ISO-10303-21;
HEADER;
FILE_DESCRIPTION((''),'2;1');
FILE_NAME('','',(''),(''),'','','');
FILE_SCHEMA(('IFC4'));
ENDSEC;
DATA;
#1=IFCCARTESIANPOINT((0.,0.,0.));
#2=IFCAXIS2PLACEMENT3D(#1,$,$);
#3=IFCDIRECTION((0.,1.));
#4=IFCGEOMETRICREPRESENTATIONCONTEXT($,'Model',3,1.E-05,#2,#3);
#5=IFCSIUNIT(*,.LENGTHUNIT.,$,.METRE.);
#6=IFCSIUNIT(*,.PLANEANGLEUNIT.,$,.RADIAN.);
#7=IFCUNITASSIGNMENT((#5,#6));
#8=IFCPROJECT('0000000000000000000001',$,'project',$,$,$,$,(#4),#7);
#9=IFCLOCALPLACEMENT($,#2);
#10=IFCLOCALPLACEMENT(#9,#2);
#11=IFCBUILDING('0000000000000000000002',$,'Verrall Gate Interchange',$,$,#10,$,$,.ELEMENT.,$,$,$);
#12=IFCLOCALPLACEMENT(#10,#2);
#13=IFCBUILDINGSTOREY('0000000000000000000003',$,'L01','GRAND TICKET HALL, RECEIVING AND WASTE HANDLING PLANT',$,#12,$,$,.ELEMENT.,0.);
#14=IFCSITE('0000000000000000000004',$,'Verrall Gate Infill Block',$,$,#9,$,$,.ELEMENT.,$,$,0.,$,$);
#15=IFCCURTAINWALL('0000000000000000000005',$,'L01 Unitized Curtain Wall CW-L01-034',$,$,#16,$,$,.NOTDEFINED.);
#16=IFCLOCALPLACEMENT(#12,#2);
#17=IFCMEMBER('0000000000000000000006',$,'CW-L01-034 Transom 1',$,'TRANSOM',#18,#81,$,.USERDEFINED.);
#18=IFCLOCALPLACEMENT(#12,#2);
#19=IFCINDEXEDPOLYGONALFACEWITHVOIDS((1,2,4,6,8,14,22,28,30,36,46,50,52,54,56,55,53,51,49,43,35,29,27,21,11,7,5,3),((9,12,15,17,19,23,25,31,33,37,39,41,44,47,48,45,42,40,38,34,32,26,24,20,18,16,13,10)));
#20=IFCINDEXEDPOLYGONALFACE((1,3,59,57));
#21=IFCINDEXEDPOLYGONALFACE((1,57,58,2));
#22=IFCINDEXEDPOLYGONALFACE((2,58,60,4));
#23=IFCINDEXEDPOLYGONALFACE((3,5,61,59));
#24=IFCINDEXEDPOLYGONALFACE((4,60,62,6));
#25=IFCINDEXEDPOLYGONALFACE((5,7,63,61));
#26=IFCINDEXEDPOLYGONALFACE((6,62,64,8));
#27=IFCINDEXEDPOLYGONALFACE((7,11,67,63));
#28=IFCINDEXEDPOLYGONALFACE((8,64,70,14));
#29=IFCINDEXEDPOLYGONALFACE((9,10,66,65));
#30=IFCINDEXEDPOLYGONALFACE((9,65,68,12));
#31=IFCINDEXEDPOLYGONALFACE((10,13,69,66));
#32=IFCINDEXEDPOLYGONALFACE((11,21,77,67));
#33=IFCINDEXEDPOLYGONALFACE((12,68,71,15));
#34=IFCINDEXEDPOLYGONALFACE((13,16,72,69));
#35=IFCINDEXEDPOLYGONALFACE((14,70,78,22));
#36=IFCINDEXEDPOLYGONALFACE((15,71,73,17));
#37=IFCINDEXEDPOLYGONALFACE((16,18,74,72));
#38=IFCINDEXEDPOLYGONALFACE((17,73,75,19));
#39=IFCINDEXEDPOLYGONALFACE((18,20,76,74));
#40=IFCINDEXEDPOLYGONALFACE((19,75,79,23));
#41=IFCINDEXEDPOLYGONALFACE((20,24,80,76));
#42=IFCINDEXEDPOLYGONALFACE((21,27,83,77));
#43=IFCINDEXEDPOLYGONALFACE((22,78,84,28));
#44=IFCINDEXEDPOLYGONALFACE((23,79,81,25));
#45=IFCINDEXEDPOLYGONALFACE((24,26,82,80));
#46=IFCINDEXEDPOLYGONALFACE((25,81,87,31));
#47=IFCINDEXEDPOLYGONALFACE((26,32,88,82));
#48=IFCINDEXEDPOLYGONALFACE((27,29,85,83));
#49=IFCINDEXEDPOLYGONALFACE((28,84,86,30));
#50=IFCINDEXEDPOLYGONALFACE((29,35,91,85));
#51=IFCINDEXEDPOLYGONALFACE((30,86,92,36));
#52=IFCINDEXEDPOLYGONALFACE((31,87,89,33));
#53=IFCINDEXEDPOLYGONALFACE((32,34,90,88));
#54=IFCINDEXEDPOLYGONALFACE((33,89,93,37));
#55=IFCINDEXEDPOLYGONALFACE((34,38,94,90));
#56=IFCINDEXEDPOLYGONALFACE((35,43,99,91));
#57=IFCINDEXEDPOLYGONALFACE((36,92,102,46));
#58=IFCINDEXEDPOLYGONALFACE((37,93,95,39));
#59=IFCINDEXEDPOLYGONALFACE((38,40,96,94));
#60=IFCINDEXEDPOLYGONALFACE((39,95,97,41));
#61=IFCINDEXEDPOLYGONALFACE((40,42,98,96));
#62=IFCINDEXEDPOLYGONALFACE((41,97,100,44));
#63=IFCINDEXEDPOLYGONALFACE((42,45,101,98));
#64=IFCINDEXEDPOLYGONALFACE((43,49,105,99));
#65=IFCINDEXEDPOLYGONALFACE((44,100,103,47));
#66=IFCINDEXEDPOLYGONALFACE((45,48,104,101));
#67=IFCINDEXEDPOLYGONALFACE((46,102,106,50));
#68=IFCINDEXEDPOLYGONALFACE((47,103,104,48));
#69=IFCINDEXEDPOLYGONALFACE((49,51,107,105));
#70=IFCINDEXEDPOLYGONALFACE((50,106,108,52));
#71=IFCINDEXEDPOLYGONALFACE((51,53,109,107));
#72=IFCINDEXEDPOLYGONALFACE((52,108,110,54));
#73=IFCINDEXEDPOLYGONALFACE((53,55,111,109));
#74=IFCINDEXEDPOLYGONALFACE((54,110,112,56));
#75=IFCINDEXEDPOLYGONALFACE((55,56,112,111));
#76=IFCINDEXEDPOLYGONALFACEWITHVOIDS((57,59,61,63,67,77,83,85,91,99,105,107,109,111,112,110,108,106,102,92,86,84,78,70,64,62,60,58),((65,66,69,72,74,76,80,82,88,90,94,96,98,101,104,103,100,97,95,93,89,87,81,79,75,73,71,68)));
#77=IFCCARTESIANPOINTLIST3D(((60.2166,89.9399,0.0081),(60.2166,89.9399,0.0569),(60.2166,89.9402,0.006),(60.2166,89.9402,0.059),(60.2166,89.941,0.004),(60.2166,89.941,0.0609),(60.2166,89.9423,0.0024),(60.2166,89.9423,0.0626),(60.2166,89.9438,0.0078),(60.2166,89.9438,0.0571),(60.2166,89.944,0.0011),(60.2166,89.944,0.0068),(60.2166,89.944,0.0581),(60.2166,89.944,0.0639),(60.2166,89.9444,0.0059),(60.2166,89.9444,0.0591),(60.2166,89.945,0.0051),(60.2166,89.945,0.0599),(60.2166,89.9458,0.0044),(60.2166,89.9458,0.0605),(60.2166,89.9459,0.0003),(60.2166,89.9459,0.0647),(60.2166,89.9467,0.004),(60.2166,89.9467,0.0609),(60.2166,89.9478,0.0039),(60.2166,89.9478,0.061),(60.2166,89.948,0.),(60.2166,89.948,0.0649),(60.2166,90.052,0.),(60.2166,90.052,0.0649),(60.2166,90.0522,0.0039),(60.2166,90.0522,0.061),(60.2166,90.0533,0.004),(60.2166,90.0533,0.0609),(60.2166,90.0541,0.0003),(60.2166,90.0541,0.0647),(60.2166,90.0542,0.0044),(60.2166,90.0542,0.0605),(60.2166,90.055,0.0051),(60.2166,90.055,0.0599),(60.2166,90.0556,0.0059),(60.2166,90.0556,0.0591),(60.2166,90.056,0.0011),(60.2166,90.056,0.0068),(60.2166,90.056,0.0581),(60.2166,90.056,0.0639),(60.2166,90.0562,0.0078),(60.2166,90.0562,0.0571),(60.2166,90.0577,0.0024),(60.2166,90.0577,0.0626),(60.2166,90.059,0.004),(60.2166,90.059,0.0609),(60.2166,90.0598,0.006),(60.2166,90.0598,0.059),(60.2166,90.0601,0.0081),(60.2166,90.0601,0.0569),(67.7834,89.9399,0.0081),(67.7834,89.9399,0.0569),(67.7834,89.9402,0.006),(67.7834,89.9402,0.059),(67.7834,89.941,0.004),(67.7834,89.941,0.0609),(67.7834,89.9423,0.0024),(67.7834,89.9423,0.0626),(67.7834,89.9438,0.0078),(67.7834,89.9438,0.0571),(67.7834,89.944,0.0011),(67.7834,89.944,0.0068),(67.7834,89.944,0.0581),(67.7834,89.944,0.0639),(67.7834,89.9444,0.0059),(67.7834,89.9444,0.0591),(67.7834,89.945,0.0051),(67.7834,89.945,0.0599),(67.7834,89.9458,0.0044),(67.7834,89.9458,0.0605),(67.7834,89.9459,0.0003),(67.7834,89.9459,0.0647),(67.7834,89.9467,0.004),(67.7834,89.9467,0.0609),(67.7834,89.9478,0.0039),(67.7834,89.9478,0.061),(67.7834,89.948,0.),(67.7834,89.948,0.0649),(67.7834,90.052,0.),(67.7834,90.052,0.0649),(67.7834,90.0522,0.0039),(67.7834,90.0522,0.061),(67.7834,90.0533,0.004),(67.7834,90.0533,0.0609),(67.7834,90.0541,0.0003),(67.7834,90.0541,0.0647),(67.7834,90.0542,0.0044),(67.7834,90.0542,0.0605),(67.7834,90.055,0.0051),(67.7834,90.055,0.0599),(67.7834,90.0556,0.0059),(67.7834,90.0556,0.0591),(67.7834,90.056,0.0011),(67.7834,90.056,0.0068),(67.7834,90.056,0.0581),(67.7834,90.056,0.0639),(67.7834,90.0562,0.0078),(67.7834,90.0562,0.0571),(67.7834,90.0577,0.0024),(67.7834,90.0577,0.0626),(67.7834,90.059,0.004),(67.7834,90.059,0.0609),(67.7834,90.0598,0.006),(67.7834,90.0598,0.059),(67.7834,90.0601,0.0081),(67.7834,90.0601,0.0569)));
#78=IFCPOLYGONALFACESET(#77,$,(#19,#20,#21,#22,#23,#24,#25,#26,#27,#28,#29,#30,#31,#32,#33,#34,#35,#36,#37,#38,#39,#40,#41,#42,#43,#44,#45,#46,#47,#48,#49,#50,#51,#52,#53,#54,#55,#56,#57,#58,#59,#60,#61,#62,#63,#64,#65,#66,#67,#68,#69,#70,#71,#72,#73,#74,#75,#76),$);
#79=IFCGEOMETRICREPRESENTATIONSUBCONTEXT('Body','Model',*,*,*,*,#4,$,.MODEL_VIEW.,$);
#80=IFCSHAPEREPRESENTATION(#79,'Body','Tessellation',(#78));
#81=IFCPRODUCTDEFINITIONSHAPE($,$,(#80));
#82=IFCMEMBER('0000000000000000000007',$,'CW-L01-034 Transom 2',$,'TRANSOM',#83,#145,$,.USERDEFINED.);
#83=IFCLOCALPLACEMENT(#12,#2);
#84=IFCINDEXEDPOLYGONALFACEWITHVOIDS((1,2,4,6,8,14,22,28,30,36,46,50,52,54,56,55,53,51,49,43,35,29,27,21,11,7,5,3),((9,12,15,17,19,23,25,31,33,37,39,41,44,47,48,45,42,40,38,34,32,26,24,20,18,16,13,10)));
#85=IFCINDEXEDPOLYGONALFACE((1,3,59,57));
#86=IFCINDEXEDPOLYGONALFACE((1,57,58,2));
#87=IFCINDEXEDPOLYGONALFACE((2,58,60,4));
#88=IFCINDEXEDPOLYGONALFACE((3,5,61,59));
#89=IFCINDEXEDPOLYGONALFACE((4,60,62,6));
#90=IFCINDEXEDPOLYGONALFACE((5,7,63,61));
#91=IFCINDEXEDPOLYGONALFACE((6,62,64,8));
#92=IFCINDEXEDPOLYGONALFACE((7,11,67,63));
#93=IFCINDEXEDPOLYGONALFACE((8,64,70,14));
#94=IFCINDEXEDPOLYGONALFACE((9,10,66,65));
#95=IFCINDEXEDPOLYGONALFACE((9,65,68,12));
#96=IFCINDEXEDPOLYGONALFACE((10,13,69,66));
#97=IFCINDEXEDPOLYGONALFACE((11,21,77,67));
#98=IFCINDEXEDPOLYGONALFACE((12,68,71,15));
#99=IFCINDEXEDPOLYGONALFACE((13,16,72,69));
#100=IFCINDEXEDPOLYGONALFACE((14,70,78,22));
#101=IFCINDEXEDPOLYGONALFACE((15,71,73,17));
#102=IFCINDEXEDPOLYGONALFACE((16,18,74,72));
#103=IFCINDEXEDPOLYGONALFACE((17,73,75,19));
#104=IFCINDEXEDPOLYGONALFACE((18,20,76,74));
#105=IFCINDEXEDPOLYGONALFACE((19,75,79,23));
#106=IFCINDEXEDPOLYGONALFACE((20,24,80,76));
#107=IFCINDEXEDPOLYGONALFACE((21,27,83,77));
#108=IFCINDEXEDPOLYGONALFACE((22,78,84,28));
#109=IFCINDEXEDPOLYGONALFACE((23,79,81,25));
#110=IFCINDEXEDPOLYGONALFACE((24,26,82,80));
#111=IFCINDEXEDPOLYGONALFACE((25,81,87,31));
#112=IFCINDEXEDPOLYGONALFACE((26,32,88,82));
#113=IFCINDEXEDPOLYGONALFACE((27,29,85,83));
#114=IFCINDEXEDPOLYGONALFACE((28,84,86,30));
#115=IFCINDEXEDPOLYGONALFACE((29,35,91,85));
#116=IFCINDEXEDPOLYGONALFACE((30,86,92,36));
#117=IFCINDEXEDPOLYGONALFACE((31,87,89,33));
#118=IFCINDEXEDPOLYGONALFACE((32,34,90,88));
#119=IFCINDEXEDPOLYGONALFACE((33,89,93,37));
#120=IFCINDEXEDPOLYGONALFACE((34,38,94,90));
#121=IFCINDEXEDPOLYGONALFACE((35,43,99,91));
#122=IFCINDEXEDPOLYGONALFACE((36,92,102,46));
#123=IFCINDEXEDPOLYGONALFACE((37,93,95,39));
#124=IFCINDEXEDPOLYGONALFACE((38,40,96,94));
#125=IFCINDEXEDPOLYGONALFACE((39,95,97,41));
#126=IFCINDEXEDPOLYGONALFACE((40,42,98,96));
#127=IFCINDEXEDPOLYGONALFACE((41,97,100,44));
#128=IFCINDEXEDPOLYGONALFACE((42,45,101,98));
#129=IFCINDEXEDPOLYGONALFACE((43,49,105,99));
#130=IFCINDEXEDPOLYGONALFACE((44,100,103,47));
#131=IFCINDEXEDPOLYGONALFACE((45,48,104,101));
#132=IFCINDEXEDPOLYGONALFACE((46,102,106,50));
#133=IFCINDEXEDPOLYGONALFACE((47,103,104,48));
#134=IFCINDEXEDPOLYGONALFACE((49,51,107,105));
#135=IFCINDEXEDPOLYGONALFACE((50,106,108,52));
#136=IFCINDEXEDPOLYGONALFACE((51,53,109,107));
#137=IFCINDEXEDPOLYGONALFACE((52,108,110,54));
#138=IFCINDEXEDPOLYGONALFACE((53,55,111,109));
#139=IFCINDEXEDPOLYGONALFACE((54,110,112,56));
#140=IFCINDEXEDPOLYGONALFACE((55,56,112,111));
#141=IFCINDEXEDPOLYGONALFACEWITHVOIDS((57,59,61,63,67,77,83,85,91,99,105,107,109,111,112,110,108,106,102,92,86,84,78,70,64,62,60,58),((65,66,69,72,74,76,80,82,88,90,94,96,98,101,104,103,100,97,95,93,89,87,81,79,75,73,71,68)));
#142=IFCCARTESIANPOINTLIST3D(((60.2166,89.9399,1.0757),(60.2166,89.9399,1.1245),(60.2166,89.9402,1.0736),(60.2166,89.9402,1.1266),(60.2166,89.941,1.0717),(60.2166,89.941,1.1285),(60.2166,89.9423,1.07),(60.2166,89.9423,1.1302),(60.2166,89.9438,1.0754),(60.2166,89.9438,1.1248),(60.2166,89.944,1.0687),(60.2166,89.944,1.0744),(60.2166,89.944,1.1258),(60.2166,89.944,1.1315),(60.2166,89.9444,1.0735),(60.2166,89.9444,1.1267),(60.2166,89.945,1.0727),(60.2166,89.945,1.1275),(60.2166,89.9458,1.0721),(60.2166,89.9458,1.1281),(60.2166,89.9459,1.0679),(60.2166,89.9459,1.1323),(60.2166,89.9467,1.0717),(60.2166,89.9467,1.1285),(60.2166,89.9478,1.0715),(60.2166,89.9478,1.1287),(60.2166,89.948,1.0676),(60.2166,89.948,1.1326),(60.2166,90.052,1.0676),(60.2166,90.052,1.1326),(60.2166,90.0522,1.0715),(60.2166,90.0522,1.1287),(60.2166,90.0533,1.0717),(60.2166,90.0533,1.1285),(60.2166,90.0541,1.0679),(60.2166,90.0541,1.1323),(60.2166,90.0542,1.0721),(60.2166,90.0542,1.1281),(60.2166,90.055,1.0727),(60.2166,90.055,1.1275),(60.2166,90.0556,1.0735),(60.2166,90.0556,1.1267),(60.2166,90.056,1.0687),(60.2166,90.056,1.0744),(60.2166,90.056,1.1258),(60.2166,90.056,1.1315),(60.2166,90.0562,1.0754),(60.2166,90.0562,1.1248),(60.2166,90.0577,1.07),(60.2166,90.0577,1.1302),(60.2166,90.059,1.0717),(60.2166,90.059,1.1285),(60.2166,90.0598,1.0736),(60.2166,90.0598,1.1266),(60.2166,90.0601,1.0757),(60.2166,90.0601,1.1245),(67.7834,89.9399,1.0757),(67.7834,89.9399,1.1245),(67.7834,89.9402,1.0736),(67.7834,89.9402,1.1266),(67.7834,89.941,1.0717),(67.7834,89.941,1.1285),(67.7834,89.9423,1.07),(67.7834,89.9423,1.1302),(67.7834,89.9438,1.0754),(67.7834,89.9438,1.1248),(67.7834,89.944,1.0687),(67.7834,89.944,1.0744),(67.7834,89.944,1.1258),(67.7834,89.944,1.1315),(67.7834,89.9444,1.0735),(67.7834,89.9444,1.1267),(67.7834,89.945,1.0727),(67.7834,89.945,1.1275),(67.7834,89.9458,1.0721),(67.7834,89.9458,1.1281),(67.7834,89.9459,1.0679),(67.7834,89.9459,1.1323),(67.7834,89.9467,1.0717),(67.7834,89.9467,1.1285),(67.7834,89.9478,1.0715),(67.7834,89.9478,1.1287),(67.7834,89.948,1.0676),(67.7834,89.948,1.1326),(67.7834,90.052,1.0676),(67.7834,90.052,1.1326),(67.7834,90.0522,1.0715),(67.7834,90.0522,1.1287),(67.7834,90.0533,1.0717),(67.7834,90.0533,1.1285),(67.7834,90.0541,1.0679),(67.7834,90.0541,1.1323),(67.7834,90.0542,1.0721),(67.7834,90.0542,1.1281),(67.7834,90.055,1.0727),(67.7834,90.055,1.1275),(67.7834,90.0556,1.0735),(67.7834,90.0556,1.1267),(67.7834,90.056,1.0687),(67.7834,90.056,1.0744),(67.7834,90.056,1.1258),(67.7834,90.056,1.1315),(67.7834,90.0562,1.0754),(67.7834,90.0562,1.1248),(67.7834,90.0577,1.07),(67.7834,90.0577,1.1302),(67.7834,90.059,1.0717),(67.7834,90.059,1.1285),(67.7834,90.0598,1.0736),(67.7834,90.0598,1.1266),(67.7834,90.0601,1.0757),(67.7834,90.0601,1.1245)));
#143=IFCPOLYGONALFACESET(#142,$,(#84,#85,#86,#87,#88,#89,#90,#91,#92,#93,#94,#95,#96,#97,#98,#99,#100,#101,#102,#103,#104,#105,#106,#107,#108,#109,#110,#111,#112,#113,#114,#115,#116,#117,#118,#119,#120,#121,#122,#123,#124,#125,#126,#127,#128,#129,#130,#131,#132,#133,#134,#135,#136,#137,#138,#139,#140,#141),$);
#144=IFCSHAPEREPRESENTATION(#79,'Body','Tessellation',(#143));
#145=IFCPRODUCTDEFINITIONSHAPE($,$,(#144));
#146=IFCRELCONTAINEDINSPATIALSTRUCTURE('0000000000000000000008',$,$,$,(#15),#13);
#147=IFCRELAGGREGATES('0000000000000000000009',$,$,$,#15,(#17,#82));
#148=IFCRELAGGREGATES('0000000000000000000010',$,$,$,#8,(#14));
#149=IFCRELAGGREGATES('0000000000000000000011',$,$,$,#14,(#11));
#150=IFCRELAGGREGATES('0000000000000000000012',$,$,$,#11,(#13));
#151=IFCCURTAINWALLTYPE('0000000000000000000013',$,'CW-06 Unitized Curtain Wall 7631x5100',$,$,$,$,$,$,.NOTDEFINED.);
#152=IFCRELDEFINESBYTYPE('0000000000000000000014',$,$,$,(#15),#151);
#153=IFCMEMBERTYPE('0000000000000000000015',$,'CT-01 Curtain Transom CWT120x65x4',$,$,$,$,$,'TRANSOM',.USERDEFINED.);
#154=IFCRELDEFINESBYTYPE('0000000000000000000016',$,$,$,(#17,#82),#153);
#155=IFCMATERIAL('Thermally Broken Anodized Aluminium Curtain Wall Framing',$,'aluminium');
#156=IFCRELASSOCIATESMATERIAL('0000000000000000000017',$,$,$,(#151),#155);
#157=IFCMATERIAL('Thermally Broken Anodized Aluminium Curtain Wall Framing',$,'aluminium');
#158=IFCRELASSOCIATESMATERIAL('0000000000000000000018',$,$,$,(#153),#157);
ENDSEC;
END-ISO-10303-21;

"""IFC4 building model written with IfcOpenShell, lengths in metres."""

from ifc_helpers import new_model, si_unit, direction, frame, origin, origin_2d, place, context, subcontext, project, spatial, hollow_rectangle, extrude, material, material_profile, profile_set, type_object, element, aggregate, save


model = new_model("IFC4")

# Units and contexts
model_context = context("Model", 3, precision=1e-05, world=origin(), true_north=direction((0.0, 1.0)))
body_context = subcontext(model_context, "Body", "Model", "MODEL_VIEW")
ifc_project = project(units=[si_unit("LENGTHUNIT", "METRE"), si_unit("PLANEANGLEUNIT", "RADIAN")], contexts=[model_context])

# Site, building, storey
site_placement = place(None, origin())
site = spatial("IfcSite", under=ifc_project, at=site_placement, Name="Verrall Gate Infill Block", CompositionType="ELEMENT", RefElevation=0.0)
building_placement = place(site_placement, origin())
building = spatial("IfcBuilding", under=site, at=building_placement, Name="Verrall Gate Interchange", CompositionType="ELEMENT")
storey_placement = place(building_placement, origin())
storey = spatial("IfcBuildingStorey", under=building, at=storey_placement, Name="L01", Description="GRAND TICKET HALL, RECEIVING AND WASTE HANDLING PLANT", CompositionType="ELEMENT", Elevation=0.0)

# Curtain wall
ifc_material_1 = material(Name="Thermally Broken Anodized Aluminium Curtain Wall Framing", Category="aluminium")
curtain_wall_type = type_object("IfcCurtainWallType", Name="CW-06 Unitized Curtain Wall 7631x5100", PredefinedType="NOTDEFINED", material=ifc_material_1)
curtain_wall_1_placement = place(storey_placement, origin())
curtain_wall_1 = element("IfcCurtainWall", 1, at=curtain_wall_1_placement, inside=storey, type_object=curtain_wall_type, Name="L01 Unitized Curtain Wall CW-L01-034", PredefinedType="NOTDEFINED")

# Members
ifc_material_2 = material(Name="Thermally Broken Anodized Aluminium Curtain Wall Framing", Category="aluminium")
ifc_material_profile_1 = material_profile(ifc_material_2, hollow_rectangle(XDim=0.1201, YDim=0.0649, WallThickness=0.0039, InnerFilletRadius=0.0039, OuterFilletRadius=0.0081, at=origin_2d()), Name="CWT120x65x4")
ifc_profile_set_1 = profile_set([ifc_material_profile_1], Name="Thermally Broken Anodized Aluminium Curtain Wall Framing")
member_type_1 = type_object("IfcMemberType", Name="CT-01 Curtain Transom CWT120x65x4", ElementType="TRANSOM", PredefinedType="USERDEFINED", material=ifc_profile_set_1)
member_1_placement = place(storey_placement, frame((67.7834, 90.0, 0.0325), z_axis=(-1.0, 0.0, 0.0), x_axis=(0.0, -1.0, 0.0)))
member_1 = element("IfcMember", 2, at=member_1_placement, type_object=member_type_1, Name="CW-L01-034 Transom 1", ObjectType="TRANSOM", PredefinedType="USERDEFINED", context=body_context, shape_type="SweptSolid", body=[
    extrude(hollow_rectangle(XDim=0.1201, YDim=0.0649, WallThickness=0.0039, InnerFilletRadius=0.0039, OuterFilletRadius=0.0081, at=origin_2d()), origin(), (0.0, 0.0, 1.0), 7.5669),
])
member_2_placement = place(storey_placement, frame((67.7834, 90.0, 1.1001), z_axis=(-1.0, 0.0, 0.0), x_axis=(0.0, -1.0, 0.0)))
member_2 = element("IfcMember", 3, at=member_2_placement, type_object=member_type_1, Name="CW-L01-034 Transom 2", ObjectType="TRANSOM", PredefinedType="USERDEFINED", context=body_context, shape_type="SweptSolid", body=[
    extrude(hollow_rectangle(XDim=0.1201, YDim=0.0649, WallThickness=0.0039, InnerFilletRadius=0.0039, OuterFilletRadius=0.0081, at=origin_2d()), origin(), (0.0, 0.0, 1.0), 7.5669),
])

aggregate(curtain_wall_1, [member_1, member_2])

save(model, "model.ifc")
